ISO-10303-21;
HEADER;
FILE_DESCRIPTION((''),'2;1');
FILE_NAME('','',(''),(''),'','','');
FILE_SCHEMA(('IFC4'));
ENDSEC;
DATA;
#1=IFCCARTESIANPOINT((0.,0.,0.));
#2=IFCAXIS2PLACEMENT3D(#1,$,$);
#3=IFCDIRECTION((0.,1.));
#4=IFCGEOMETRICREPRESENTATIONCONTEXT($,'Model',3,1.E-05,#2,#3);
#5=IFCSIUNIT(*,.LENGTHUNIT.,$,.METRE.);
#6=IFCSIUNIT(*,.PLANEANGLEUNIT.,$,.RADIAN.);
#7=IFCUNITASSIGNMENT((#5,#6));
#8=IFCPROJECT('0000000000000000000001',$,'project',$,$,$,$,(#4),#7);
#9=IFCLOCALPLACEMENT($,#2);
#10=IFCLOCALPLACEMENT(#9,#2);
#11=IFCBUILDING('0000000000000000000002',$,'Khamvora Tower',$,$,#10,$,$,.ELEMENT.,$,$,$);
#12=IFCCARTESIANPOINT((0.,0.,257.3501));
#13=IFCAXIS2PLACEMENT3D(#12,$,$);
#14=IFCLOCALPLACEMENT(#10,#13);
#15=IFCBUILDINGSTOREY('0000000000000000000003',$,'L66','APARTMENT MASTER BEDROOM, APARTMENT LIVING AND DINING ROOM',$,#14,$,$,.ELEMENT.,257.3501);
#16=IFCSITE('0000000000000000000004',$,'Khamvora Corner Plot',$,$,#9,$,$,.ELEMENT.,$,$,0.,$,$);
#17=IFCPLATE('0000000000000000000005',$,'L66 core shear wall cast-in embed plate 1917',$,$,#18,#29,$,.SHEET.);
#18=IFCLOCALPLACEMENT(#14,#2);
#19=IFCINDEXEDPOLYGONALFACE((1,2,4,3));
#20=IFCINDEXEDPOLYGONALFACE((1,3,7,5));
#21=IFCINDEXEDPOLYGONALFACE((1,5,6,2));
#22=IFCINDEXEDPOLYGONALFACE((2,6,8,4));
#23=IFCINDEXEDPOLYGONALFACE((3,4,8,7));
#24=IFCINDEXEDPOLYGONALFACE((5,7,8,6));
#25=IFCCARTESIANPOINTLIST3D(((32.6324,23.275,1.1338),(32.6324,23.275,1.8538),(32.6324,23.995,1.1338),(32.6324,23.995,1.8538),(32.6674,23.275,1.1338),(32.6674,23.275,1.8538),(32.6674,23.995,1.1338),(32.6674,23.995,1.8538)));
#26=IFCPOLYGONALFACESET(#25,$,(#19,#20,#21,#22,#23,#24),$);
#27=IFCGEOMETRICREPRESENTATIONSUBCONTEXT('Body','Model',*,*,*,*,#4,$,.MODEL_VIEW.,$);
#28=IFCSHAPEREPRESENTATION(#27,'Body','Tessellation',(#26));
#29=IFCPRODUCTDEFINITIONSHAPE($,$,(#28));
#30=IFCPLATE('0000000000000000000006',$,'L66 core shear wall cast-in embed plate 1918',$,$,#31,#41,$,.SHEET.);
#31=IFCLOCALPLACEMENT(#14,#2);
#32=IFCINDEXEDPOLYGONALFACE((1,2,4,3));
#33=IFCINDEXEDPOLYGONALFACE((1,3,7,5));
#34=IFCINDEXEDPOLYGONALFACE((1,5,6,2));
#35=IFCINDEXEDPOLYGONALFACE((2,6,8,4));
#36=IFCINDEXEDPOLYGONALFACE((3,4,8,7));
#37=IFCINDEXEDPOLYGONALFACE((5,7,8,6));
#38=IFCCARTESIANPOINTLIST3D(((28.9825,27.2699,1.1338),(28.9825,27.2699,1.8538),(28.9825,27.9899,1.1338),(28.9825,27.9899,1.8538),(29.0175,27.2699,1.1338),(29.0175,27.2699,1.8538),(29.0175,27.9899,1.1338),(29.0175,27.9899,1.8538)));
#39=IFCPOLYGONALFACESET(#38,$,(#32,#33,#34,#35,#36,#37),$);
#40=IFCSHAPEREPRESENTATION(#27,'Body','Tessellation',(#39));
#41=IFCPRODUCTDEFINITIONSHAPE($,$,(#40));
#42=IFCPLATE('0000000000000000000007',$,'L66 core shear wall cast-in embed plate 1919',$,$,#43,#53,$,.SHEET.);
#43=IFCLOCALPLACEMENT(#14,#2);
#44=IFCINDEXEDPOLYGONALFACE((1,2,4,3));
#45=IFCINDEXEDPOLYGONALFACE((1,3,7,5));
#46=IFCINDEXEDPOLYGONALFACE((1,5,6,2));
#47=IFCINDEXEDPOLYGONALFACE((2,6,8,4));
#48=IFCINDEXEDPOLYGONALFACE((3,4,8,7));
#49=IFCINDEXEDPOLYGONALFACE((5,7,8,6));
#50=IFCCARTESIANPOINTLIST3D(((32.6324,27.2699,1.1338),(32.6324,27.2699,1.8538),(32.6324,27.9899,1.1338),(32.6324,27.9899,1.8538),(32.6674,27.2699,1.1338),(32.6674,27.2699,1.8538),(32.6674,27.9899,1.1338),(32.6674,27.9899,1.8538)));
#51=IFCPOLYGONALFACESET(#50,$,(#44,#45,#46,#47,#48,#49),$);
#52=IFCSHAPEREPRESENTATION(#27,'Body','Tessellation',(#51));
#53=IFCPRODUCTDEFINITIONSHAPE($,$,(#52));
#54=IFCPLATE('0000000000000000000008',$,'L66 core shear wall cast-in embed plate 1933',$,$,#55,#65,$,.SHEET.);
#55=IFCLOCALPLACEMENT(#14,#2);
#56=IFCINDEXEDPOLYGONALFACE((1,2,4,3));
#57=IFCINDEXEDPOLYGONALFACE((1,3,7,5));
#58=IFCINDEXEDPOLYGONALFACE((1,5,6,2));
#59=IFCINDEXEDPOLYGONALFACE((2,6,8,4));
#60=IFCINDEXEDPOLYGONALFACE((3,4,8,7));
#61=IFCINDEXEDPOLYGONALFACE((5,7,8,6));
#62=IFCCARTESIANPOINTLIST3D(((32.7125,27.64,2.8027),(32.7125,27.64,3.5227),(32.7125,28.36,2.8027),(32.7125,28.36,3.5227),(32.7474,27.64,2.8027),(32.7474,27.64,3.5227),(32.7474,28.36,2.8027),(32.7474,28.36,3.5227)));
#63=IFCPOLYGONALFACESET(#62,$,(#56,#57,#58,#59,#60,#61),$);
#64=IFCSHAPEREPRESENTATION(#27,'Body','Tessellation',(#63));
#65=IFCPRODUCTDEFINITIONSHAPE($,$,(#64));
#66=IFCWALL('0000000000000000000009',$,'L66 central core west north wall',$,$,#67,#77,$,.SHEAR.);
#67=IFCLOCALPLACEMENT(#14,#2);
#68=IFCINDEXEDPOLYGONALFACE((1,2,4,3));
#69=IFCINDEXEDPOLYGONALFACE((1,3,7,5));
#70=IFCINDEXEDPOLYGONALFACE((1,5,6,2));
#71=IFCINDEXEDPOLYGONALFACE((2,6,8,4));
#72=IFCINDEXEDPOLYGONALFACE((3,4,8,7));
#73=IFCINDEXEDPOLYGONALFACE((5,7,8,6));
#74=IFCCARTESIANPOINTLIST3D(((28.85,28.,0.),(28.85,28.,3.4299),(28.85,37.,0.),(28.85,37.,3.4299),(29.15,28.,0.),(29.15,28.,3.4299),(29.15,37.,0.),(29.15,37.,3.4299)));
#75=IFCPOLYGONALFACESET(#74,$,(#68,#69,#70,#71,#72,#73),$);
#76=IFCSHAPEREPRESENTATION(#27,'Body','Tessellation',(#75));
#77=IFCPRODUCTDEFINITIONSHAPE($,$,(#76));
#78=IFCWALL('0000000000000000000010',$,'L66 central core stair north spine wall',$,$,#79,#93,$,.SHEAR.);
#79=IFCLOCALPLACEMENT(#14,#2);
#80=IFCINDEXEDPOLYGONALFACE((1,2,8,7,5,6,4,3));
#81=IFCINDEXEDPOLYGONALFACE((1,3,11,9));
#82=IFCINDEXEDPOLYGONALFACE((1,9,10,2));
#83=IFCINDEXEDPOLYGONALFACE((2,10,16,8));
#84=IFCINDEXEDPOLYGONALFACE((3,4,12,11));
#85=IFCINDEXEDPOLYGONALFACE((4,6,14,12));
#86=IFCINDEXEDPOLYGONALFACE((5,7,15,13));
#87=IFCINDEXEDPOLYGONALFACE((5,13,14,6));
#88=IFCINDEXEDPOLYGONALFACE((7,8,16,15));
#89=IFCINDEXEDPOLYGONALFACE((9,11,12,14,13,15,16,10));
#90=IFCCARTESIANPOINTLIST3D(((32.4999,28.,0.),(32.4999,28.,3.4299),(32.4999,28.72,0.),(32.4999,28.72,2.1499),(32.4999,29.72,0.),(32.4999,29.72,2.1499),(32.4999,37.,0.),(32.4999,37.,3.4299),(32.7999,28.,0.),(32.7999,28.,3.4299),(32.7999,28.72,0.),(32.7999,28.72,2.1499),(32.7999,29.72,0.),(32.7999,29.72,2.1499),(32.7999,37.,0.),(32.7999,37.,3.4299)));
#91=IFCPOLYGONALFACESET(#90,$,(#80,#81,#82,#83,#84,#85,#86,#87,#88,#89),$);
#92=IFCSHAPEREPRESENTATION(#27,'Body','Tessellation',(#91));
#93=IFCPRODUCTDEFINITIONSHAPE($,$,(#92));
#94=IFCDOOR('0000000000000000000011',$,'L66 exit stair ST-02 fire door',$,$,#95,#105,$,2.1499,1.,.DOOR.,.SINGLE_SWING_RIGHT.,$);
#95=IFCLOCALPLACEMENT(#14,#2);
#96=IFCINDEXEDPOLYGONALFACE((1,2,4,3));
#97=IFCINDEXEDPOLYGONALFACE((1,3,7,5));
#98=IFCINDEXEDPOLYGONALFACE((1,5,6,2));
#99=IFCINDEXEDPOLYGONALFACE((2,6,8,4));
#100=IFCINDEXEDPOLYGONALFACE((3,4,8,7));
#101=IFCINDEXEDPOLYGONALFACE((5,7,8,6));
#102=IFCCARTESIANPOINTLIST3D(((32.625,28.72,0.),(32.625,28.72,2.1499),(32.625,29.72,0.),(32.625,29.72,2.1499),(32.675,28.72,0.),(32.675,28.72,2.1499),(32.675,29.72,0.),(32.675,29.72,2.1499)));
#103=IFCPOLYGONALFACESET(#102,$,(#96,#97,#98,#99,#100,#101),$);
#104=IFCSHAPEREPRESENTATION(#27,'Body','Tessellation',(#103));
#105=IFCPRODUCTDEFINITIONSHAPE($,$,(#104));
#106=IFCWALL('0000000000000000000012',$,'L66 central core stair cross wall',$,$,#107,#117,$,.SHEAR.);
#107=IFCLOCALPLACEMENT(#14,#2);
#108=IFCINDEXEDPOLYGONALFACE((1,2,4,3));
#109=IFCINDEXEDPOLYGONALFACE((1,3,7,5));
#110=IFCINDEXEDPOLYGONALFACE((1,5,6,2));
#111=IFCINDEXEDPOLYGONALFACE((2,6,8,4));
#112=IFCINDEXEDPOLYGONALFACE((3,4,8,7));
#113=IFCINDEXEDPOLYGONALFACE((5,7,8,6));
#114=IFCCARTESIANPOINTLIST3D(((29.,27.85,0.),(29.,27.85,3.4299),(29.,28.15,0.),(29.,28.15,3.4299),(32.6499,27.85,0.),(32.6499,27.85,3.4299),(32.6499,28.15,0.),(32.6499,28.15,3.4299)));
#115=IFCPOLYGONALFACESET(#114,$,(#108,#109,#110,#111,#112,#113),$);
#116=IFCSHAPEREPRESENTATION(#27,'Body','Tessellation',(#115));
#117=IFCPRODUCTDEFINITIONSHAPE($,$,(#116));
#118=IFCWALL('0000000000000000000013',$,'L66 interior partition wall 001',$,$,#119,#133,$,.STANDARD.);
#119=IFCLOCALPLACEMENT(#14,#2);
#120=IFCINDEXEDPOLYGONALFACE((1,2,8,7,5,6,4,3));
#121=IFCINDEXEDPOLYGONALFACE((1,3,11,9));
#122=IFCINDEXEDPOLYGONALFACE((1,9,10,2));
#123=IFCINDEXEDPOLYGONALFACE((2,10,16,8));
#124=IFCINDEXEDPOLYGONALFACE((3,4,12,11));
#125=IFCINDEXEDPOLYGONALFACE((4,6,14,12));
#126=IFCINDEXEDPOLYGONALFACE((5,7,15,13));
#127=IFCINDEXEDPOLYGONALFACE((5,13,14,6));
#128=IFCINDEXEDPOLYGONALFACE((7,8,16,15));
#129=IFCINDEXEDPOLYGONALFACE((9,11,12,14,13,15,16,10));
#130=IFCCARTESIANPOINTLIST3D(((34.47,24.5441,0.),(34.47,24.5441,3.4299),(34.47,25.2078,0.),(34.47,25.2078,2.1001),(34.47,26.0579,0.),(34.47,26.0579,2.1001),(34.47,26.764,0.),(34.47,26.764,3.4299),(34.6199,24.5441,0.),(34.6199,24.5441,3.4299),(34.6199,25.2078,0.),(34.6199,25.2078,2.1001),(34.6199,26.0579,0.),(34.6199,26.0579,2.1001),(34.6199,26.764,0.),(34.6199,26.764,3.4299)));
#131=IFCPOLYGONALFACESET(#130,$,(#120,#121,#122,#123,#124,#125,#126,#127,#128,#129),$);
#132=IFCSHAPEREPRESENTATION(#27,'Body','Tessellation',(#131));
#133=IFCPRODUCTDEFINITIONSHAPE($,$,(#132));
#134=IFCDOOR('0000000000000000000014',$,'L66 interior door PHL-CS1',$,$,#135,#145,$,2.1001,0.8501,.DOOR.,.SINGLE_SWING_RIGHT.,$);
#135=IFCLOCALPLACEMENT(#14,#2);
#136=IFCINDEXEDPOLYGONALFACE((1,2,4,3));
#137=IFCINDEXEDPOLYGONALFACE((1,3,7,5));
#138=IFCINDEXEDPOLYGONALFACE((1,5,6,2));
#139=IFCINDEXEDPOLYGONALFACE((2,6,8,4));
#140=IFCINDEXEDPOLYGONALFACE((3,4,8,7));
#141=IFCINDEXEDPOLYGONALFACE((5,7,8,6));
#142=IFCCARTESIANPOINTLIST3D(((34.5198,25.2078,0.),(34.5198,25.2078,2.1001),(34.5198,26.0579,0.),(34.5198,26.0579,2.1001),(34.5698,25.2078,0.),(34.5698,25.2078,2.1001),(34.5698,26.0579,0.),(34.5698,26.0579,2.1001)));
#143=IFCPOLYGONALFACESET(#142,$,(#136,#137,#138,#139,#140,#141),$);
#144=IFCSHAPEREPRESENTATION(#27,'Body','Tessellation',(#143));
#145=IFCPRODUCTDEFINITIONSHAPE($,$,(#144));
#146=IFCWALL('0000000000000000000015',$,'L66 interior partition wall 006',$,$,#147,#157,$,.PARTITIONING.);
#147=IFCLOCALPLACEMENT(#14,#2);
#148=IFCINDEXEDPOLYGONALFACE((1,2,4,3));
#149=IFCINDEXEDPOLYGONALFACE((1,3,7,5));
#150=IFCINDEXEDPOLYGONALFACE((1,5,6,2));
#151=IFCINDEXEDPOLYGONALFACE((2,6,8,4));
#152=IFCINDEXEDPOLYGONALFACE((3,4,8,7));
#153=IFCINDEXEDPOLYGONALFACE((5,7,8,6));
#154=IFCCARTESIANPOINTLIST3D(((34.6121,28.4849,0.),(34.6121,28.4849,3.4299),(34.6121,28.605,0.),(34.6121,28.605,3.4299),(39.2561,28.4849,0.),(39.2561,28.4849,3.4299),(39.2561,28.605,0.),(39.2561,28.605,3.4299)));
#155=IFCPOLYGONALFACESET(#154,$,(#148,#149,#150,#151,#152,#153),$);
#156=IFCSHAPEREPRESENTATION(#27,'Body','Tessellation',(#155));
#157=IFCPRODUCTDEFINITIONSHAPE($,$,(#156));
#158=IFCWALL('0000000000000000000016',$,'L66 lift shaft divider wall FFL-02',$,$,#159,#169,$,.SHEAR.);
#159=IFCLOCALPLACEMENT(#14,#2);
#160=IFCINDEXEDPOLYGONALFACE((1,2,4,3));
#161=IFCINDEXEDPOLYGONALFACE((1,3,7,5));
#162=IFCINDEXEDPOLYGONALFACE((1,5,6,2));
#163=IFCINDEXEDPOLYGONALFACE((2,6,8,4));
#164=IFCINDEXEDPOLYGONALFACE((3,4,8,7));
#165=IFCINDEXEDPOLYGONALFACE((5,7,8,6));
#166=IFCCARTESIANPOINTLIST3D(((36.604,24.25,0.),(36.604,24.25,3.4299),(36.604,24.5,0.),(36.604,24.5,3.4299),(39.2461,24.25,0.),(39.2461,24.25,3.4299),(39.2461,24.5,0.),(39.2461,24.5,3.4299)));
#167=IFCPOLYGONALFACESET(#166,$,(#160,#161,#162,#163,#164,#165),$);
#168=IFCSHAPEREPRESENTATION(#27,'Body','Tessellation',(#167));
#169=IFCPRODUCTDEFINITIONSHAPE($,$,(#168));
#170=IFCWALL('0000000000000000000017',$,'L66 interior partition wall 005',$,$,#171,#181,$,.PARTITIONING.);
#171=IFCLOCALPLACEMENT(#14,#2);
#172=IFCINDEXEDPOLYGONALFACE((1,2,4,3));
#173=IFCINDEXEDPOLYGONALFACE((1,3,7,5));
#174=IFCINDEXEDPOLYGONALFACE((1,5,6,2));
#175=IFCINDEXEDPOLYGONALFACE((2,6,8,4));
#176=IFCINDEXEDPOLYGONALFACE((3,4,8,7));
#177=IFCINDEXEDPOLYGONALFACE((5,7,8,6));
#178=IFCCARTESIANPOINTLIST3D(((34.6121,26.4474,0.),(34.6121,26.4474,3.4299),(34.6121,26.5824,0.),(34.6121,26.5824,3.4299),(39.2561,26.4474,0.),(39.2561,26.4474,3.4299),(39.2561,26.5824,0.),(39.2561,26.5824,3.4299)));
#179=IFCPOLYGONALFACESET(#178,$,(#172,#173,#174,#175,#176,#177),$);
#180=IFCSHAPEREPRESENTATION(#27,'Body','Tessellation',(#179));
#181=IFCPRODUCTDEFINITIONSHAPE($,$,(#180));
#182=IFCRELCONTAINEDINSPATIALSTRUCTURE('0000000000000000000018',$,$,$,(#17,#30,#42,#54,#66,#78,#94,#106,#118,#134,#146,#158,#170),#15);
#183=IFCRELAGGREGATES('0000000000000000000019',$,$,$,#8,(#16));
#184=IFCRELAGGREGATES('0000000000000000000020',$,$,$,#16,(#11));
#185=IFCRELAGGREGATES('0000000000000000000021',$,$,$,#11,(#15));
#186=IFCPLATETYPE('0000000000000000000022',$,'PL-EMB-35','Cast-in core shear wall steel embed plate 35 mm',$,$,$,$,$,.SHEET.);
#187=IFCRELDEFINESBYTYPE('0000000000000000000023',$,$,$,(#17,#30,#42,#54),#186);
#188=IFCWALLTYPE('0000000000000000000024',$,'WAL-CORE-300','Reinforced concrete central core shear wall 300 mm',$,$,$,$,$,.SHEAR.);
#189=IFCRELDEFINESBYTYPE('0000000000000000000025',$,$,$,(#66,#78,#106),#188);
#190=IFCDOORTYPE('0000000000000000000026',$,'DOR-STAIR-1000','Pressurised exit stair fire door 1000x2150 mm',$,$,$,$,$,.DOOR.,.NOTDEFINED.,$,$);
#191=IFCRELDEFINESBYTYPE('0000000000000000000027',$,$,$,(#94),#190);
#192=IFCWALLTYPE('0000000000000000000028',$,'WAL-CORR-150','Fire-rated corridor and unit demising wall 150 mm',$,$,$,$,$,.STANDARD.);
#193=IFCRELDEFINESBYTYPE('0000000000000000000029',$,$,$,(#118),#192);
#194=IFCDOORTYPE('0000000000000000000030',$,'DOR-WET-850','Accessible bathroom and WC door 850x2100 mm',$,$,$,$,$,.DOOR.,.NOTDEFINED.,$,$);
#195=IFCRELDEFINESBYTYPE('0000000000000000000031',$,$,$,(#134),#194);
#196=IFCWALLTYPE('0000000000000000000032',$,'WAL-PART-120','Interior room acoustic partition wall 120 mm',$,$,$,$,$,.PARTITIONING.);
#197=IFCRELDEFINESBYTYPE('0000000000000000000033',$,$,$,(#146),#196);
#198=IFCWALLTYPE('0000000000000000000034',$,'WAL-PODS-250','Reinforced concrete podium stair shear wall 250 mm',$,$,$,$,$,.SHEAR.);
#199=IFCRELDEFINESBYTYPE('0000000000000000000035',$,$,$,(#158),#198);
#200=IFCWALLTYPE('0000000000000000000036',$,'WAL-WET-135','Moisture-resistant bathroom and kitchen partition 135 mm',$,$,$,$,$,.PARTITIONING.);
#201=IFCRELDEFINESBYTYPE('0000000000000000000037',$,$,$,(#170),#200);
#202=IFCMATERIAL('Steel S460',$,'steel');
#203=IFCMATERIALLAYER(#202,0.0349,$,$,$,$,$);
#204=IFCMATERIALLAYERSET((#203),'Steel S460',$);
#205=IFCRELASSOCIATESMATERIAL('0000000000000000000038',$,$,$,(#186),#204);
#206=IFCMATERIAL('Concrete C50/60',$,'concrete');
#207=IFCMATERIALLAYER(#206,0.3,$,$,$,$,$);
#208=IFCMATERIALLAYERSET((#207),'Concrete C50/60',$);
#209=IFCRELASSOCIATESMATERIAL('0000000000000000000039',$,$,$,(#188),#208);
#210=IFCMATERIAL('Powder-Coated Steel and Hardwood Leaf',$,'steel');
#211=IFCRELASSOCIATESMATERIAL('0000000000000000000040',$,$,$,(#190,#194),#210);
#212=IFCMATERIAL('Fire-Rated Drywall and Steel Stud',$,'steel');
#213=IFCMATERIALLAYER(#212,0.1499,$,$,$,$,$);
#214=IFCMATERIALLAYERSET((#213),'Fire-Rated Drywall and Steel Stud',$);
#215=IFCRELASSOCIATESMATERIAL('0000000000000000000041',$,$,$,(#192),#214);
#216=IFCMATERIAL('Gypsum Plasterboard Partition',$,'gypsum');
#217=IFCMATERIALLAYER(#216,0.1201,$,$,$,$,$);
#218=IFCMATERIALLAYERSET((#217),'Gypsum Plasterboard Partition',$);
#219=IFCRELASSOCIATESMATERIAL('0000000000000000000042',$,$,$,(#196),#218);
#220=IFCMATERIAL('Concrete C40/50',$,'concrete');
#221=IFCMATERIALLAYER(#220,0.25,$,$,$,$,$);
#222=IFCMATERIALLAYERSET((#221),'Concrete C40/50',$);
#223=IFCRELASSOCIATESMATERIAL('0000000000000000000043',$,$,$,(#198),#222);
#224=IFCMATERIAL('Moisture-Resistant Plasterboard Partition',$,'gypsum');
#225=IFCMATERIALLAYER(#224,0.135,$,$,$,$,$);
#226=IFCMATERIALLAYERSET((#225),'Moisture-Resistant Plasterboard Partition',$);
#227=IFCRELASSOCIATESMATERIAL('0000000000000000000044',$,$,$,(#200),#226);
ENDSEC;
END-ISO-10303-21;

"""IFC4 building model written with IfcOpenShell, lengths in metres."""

from ifc_helpers import new_model, si_unit, direction, frame, frame_2d, origin, origin_2d, place, context, subcontext, project, spatial, rectangle, extrude, material, layer, layer_set, type_object, element, fill, save


model = new_model("IFC4")

# Units and contexts
model_context = context("Model", 3, precision=1e-05, world=origin(), true_north=direction((0.0, 1.0)))
body_context = subcontext(model_context, "Body", "Model", "MODEL_VIEW")
ifc_project = project(units=[si_unit("LENGTHUNIT", "METRE"), si_unit("PLANEANGLEUNIT", "RADIAN")], contexts=[model_context])

# Site, building, storey
site_placement = place(None, origin())
site = spatial("IfcSite", under=ifc_project, at=site_placement, Name="Khamvora Corner Plot", CompositionType="ELEMENT", RefElevation=0.0)
building_placement = place(site_placement, origin())
building = spatial("IfcBuilding", under=site, at=building_placement, Name="Khamvora Tower", CompositionType="ELEMENT")
storey_placement = place(building_placement, frame((0.0, 0.0, 257.3501)))
storey = spatial("IfcBuildingStorey", under=building, at=storey_placement, Name="L66", Description="APARTMENT MASTER BEDROOM, APARTMENT LIVING AND DINING ROOM", CompositionType="ELEMENT", Elevation=257.3501)

# Plates
ifc_material_1 = material(Name="Steel S460", Category="steel")
ifc_layer_1 = layer(ifc_material_1, 0.0349)
ifc_layer_set_1 = layer_set([ifc_layer_1], Name="Steel S460")
plate_type = type_object("IfcPlateType", Name="PL-EMB-35", Description="Cast-in core shear wall steel embed plate 35 mm", PredefinedType="SHEET", material=ifc_layer_set_1)
for number, where, z_axis, x_axis, name in (
    (1, (32.6499, 23.635, 1.1338), (0.0, 0.0, 1.0), (1.0, 0.0, 0.0), "L66 core shear wall cast-in embed plate 1917"),
    (2, (29.0, 27.6299, 1.1338), (0.0, 0.0, 1.0), (1.0, 0.0, 0.0), "L66 core shear wall cast-in embed plate 1918"),
    (3, (32.6499, 27.6299, 1.1338), (0.0, 0.0, 1.0), (1.0, 0.0, 0.0), "L66 core shear wall cast-in embed plate 1919"),
    (4, (32.73, 28.0, 2.8027), (0.0, 0.0, 1.0), (1.0, 0.0, 0.0), "L66 core shear wall cast-in embed plate 1933"),
):
    element("IfcPlate", number, at=place(storey_placement, frame(where, z_axis=z_axis, x_axis=x_axis)), inside=storey, type_object=plate_type, Name=name, PredefinedType="SHEET", context=body_context, shape_type="SweptSolid", body=[
        extrude(rectangle(XDim=0.0349, YDim=0.72, at=origin_2d()), origin(), (0.0, 0.0, 1.0), 0.72),
    ])

# Wall
ifc_material_2 = material(Name="Concrete C50/60", Category="concrete")
ifc_layer_2 = layer(ifc_material_2, 0.3)
ifc_layer_set_2 = layer_set([ifc_layer_2], Name="Concrete C50/60")
wall_type_1 = type_object("IfcWallType", Name="WAL-CORE-300", Description="Reinforced concrete central core shear wall 300 mm", PredefinedType="SHEAR", material=ifc_layer_set_2)
wall_1_placement = place(storey_placement, frame((29.0, 28.0, 0.0), z_axis=(0.0, 0.0, 1.0), x_axis=(0.0, 1.0, 0.0)))
element("IfcWall", 5, at=wall_1_placement, inside=storey, type_object=wall_type_1, Name="L66 central core west north wall", PredefinedType="SHEAR", context=body_context, shape_type="SweptSolid", body=[
    extrude(rectangle(XDim=9.0, YDim=0.3, at=frame_2d((4.5, 0.0))), origin(), (0.0, 0.0, 1.0), 3.4299),
])

# Wall, opening, door
wall_2_placement = place(storey_placement, frame((32.6499, 28.0, 0.0), z_axis=(0.0, 0.0, 1.0), x_axis=(0.0, 1.0, 0.0)))
wall_2 = element("IfcWall", 6, at=wall_2_placement, inside=storey, type_object=wall_type_1, Name="L66 central core stair north spine wall", PredefinedType="SHEAR", context=body_context, shape_type="SweptSolid", body=[
    extrude(rectangle(XDim=9.0, YDim=0.3, at=frame_2d((4.5, 0.0))), origin(), (0.0, 0.0, 1.0), 3.4299),
])
opening_1_placement = place(wall_2_placement, frame((0.72, 0.0, 0.0)))
opening_1 = element("IfcOpeningElement", 7, at=opening_1_placement, cuts=wall_2, PredefinedType="OPENING", context=body_context, shape_type="SweptSolid", body=[
    extrude(rectangle(XDim=1.0, YDim=2.1499, at=frame_2d((0.5, 1.075))), frame((0.0, 0.1599, 0.0), z_axis=(0.0, -1.0, 0.0), x_axis=(1.0, 0.0, 0.0)), (0.0, 0.0, 1.0), 0.3201),
])
ifc_material_3 = material(Name="Powder-Coated Steel and Hardwood Leaf", Category="steel")
door_type_1 = type_object("IfcDoorType", Name="DOR-STAIR-1000", Description="Pressurised exit stair fire door 1000x2150 mm", OperationType="NOTDEFINED", PredefinedType="DOOR", material=ifc_material_3)
door_1_placement = place(opening_1_placement, origin())
door_1 = element("IfcDoor", 8, at=door_1_placement, inside=storey, type_object=door_type_1, Name="L66 exit stair ST-02 fire door", OperationType="SINGLE_SWING_RIGHT", OverallHeight=2.1499, OverallWidth=1.0, PredefinedType="DOOR", context=body_context, shape_type="SweptSolid", body=[
    extrude(rectangle(XDim=1.0, YDim=2.1499, at=frame_2d((0.5, 1.075))), frame((0.0, 0.0249, 0.0), z_axis=(0.0, -1.0, 0.0), x_axis=(1.0, 0.0, 0.0)), (0.0, 0.0, 1.0), 0.05),
])
fill(opening_1, door_1)

# Wall
wall_3_placement = place(storey_placement, frame((29.0, 28.0, 0.0), z_axis=(0.0, 0.0, 1.0), x_axis=(1.0, 0.0, 0.0)))
element("IfcWall", 9, at=wall_3_placement, inside=storey, type_object=wall_type_1, Name="L66 central core stair cross wall", PredefinedType="SHEAR", context=body_context, shape_type="SweptSolid", body=[
    extrude(rectangle(XDim=3.6499, YDim=0.3, at=frame_2d((1.825, 0.0))), origin(), (0.0, 0.0, 1.0), 3.4299),
])

# Wall, opening, door
ifc_material_4 = material(Name="Fire-Rated Drywall and Steel Stud", Category="steel")
ifc_layer_3 = layer(ifc_material_4, 0.1499)
ifc_layer_set_3 = layer_set([ifc_layer_3], Name="Fire-Rated Drywall and Steel Stud")
wall_type_2 = type_object("IfcWallType", Name="WAL-CORR-150", Description="Fire-rated corridor and unit demising wall 150 mm", PredefinedType="STANDARD", material=ifc_layer_set_3)
wall_4_placement = place(storey_placement, frame((34.5449, 26.7639, 0.0), z_axis=(0.0, 0.0, 1.0), x_axis=(0.0, -1.0, 0.0)))
wall_4 = element("IfcWall", 10, at=wall_4_placement, inside=storey, type_object=wall_type_2, Name="L66 interior partition wall 001", PredefinedType="STANDARD", context=body_context, shape_type="SweptSolid", body=[
    extrude(rectangle(XDim=2.22, YDim=0.1499, at=frame_2d((1.1099, 0.0))), origin(), (0.0, 0.0, 1.0), 3.4299),
])
opening_2_placement = place(wall_4_placement, frame((0.7061, 0.0, 0.0)))
opening_2 = element("IfcOpeningElement", 11, at=opening_2_placement, cuts=wall_4, PredefinedType="OPENING", context=body_context, shape_type="SweptSolid", body=[
    extrude(rectangle(XDim=0.8501, YDim=2.1001, at=frame_2d((0.425, 1.05))), frame((0.0, 0.085, 0.0), z_axis=(0.0, -1.0, 0.0), x_axis=(1.0, 0.0, 0.0)), (0.0, 0.0, 1.0), 0.1699),
])
door_type_2 = type_object("IfcDoorType", Name="DOR-WET-850", Description="Accessible bathroom and WC door 850x2100 mm", OperationType="NOTDEFINED", PredefinedType="DOOR", material=ifc_material_3)
door_2_placement = place(opening_2_placement, origin())
door_2 = element("IfcDoor", 12, at=door_2_placement, inside=storey, type_object=door_type_2, Name="L66 interior door PHL-CS1", OperationType="SINGLE_SWING_RIGHT", OverallHeight=2.1001, OverallWidth=0.8501, PredefinedType="DOOR", context=body_context, shape_type="SweptSolid", body=[
    extrude(rectangle(XDim=0.8501, YDim=2.1001, at=frame_2d((0.425, 1.05))), frame((0.0, 0.0249, 0.0), z_axis=(0.0, -1.0, 0.0), x_axis=(1.0, 0.0, 0.0)), (0.0, 0.0, 1.0), 0.05),
])
fill(opening_2, door_2)

# Walls
ifc_material_5 = material(Name="Gypsum Plasterboard Partition", Category="gypsum")
ifc_layer_4 = layer(ifc_material_5, 0.1201)
ifc_layer_set_4 = layer_set([ifc_layer_4], Name="Gypsum Plasterboard Partition")
wall_type_3 = type_object("IfcWallType", Name="WAL-PART-120", Description="Interior room acoustic partition wall 120 mm", PredefinedType="PARTITIONING", material=ifc_layer_set_4)
wall_5_placement = place(storey_placement, frame((34.6121, 28.5449, 0.0), z_axis=(0.0, 0.0, 1.0), x_axis=(1.0, 0.0, 0.0)))
element("IfcWall", 13, at=wall_5_placement, inside=storey, type_object=wall_type_3, Name="L66 interior partition wall 006", PredefinedType="PARTITIONING", context=body_context, shape_type="SweptSolid", body=[
    extrude(rectangle(XDim=4.644, YDim=0.1201, at=frame_2d((2.322, 0.0))), origin(), (0.0, 0.0, 1.0), 3.4299),
])
ifc_material_6 = material(Name="Concrete C40/50", Category="concrete")
ifc_layer_5 = layer(ifc_material_6, 0.25)
ifc_layer_set_5 = layer_set([ifc_layer_5], Name="Concrete C40/50")
wall_type_4 = type_object("IfcWallType", Name="WAL-PODS-250", Description="Reinforced concrete podium stair shear wall 250 mm", PredefinedType="SHEAR", material=ifc_layer_set_5)
wall_6_placement = place(storey_placement, frame((36.604, 24.375, 0.0), z_axis=(0.0, 0.0, 1.0), x_axis=(1.0, 0.0, 0.0)))
element("IfcWall", 14, at=wall_6_placement, inside=storey, type_object=wall_type_4, Name="L66 lift shaft divider wall FFL-02", PredefinedType="SHEAR", context=body_context, shape_type="SweptSolid", body=[
    extrude(rectangle(XDim=2.6421, YDim=0.25, at=frame_2d((1.321, 0.0))), origin(), (0.0, 0.0, 1.0), 3.4299),
])
ifc_material_7 = material(Name="Moisture-Resistant Plasterboard Partition", Category="gypsum")
ifc_layer_6 = layer(ifc_material_7, 0.135)
ifc_layer_set_6 = layer_set([ifc_layer_6], Name="Moisture-Resistant Plasterboard Partition")
wall_type_5 = type_object("IfcWallType", Name="WAL-WET-135", Description="Moisture-resistant bathroom and kitchen partition 135 mm", PredefinedType="PARTITIONING", material=ifc_layer_set_6)
wall_7_placement = place(storey_placement, frame((34.6121, 26.5149, 0.0), z_axis=(0.0, 0.0, 1.0), x_axis=(1.0, 0.0, 0.0)))
element("IfcWall", 15, at=wall_7_placement, inside=storey, type_object=wall_type_5, Name="L66 interior partition wall 005", PredefinedType="PARTITIONING", context=body_context, shape_type="SweptSolid", body=[
    extrude(rectangle(XDim=4.644, YDim=0.135, at=frame_2d((2.322, 0.0))), origin(), (0.0, 0.0, 1.0), 3.4299),
])

save(model, "model.ifc")
